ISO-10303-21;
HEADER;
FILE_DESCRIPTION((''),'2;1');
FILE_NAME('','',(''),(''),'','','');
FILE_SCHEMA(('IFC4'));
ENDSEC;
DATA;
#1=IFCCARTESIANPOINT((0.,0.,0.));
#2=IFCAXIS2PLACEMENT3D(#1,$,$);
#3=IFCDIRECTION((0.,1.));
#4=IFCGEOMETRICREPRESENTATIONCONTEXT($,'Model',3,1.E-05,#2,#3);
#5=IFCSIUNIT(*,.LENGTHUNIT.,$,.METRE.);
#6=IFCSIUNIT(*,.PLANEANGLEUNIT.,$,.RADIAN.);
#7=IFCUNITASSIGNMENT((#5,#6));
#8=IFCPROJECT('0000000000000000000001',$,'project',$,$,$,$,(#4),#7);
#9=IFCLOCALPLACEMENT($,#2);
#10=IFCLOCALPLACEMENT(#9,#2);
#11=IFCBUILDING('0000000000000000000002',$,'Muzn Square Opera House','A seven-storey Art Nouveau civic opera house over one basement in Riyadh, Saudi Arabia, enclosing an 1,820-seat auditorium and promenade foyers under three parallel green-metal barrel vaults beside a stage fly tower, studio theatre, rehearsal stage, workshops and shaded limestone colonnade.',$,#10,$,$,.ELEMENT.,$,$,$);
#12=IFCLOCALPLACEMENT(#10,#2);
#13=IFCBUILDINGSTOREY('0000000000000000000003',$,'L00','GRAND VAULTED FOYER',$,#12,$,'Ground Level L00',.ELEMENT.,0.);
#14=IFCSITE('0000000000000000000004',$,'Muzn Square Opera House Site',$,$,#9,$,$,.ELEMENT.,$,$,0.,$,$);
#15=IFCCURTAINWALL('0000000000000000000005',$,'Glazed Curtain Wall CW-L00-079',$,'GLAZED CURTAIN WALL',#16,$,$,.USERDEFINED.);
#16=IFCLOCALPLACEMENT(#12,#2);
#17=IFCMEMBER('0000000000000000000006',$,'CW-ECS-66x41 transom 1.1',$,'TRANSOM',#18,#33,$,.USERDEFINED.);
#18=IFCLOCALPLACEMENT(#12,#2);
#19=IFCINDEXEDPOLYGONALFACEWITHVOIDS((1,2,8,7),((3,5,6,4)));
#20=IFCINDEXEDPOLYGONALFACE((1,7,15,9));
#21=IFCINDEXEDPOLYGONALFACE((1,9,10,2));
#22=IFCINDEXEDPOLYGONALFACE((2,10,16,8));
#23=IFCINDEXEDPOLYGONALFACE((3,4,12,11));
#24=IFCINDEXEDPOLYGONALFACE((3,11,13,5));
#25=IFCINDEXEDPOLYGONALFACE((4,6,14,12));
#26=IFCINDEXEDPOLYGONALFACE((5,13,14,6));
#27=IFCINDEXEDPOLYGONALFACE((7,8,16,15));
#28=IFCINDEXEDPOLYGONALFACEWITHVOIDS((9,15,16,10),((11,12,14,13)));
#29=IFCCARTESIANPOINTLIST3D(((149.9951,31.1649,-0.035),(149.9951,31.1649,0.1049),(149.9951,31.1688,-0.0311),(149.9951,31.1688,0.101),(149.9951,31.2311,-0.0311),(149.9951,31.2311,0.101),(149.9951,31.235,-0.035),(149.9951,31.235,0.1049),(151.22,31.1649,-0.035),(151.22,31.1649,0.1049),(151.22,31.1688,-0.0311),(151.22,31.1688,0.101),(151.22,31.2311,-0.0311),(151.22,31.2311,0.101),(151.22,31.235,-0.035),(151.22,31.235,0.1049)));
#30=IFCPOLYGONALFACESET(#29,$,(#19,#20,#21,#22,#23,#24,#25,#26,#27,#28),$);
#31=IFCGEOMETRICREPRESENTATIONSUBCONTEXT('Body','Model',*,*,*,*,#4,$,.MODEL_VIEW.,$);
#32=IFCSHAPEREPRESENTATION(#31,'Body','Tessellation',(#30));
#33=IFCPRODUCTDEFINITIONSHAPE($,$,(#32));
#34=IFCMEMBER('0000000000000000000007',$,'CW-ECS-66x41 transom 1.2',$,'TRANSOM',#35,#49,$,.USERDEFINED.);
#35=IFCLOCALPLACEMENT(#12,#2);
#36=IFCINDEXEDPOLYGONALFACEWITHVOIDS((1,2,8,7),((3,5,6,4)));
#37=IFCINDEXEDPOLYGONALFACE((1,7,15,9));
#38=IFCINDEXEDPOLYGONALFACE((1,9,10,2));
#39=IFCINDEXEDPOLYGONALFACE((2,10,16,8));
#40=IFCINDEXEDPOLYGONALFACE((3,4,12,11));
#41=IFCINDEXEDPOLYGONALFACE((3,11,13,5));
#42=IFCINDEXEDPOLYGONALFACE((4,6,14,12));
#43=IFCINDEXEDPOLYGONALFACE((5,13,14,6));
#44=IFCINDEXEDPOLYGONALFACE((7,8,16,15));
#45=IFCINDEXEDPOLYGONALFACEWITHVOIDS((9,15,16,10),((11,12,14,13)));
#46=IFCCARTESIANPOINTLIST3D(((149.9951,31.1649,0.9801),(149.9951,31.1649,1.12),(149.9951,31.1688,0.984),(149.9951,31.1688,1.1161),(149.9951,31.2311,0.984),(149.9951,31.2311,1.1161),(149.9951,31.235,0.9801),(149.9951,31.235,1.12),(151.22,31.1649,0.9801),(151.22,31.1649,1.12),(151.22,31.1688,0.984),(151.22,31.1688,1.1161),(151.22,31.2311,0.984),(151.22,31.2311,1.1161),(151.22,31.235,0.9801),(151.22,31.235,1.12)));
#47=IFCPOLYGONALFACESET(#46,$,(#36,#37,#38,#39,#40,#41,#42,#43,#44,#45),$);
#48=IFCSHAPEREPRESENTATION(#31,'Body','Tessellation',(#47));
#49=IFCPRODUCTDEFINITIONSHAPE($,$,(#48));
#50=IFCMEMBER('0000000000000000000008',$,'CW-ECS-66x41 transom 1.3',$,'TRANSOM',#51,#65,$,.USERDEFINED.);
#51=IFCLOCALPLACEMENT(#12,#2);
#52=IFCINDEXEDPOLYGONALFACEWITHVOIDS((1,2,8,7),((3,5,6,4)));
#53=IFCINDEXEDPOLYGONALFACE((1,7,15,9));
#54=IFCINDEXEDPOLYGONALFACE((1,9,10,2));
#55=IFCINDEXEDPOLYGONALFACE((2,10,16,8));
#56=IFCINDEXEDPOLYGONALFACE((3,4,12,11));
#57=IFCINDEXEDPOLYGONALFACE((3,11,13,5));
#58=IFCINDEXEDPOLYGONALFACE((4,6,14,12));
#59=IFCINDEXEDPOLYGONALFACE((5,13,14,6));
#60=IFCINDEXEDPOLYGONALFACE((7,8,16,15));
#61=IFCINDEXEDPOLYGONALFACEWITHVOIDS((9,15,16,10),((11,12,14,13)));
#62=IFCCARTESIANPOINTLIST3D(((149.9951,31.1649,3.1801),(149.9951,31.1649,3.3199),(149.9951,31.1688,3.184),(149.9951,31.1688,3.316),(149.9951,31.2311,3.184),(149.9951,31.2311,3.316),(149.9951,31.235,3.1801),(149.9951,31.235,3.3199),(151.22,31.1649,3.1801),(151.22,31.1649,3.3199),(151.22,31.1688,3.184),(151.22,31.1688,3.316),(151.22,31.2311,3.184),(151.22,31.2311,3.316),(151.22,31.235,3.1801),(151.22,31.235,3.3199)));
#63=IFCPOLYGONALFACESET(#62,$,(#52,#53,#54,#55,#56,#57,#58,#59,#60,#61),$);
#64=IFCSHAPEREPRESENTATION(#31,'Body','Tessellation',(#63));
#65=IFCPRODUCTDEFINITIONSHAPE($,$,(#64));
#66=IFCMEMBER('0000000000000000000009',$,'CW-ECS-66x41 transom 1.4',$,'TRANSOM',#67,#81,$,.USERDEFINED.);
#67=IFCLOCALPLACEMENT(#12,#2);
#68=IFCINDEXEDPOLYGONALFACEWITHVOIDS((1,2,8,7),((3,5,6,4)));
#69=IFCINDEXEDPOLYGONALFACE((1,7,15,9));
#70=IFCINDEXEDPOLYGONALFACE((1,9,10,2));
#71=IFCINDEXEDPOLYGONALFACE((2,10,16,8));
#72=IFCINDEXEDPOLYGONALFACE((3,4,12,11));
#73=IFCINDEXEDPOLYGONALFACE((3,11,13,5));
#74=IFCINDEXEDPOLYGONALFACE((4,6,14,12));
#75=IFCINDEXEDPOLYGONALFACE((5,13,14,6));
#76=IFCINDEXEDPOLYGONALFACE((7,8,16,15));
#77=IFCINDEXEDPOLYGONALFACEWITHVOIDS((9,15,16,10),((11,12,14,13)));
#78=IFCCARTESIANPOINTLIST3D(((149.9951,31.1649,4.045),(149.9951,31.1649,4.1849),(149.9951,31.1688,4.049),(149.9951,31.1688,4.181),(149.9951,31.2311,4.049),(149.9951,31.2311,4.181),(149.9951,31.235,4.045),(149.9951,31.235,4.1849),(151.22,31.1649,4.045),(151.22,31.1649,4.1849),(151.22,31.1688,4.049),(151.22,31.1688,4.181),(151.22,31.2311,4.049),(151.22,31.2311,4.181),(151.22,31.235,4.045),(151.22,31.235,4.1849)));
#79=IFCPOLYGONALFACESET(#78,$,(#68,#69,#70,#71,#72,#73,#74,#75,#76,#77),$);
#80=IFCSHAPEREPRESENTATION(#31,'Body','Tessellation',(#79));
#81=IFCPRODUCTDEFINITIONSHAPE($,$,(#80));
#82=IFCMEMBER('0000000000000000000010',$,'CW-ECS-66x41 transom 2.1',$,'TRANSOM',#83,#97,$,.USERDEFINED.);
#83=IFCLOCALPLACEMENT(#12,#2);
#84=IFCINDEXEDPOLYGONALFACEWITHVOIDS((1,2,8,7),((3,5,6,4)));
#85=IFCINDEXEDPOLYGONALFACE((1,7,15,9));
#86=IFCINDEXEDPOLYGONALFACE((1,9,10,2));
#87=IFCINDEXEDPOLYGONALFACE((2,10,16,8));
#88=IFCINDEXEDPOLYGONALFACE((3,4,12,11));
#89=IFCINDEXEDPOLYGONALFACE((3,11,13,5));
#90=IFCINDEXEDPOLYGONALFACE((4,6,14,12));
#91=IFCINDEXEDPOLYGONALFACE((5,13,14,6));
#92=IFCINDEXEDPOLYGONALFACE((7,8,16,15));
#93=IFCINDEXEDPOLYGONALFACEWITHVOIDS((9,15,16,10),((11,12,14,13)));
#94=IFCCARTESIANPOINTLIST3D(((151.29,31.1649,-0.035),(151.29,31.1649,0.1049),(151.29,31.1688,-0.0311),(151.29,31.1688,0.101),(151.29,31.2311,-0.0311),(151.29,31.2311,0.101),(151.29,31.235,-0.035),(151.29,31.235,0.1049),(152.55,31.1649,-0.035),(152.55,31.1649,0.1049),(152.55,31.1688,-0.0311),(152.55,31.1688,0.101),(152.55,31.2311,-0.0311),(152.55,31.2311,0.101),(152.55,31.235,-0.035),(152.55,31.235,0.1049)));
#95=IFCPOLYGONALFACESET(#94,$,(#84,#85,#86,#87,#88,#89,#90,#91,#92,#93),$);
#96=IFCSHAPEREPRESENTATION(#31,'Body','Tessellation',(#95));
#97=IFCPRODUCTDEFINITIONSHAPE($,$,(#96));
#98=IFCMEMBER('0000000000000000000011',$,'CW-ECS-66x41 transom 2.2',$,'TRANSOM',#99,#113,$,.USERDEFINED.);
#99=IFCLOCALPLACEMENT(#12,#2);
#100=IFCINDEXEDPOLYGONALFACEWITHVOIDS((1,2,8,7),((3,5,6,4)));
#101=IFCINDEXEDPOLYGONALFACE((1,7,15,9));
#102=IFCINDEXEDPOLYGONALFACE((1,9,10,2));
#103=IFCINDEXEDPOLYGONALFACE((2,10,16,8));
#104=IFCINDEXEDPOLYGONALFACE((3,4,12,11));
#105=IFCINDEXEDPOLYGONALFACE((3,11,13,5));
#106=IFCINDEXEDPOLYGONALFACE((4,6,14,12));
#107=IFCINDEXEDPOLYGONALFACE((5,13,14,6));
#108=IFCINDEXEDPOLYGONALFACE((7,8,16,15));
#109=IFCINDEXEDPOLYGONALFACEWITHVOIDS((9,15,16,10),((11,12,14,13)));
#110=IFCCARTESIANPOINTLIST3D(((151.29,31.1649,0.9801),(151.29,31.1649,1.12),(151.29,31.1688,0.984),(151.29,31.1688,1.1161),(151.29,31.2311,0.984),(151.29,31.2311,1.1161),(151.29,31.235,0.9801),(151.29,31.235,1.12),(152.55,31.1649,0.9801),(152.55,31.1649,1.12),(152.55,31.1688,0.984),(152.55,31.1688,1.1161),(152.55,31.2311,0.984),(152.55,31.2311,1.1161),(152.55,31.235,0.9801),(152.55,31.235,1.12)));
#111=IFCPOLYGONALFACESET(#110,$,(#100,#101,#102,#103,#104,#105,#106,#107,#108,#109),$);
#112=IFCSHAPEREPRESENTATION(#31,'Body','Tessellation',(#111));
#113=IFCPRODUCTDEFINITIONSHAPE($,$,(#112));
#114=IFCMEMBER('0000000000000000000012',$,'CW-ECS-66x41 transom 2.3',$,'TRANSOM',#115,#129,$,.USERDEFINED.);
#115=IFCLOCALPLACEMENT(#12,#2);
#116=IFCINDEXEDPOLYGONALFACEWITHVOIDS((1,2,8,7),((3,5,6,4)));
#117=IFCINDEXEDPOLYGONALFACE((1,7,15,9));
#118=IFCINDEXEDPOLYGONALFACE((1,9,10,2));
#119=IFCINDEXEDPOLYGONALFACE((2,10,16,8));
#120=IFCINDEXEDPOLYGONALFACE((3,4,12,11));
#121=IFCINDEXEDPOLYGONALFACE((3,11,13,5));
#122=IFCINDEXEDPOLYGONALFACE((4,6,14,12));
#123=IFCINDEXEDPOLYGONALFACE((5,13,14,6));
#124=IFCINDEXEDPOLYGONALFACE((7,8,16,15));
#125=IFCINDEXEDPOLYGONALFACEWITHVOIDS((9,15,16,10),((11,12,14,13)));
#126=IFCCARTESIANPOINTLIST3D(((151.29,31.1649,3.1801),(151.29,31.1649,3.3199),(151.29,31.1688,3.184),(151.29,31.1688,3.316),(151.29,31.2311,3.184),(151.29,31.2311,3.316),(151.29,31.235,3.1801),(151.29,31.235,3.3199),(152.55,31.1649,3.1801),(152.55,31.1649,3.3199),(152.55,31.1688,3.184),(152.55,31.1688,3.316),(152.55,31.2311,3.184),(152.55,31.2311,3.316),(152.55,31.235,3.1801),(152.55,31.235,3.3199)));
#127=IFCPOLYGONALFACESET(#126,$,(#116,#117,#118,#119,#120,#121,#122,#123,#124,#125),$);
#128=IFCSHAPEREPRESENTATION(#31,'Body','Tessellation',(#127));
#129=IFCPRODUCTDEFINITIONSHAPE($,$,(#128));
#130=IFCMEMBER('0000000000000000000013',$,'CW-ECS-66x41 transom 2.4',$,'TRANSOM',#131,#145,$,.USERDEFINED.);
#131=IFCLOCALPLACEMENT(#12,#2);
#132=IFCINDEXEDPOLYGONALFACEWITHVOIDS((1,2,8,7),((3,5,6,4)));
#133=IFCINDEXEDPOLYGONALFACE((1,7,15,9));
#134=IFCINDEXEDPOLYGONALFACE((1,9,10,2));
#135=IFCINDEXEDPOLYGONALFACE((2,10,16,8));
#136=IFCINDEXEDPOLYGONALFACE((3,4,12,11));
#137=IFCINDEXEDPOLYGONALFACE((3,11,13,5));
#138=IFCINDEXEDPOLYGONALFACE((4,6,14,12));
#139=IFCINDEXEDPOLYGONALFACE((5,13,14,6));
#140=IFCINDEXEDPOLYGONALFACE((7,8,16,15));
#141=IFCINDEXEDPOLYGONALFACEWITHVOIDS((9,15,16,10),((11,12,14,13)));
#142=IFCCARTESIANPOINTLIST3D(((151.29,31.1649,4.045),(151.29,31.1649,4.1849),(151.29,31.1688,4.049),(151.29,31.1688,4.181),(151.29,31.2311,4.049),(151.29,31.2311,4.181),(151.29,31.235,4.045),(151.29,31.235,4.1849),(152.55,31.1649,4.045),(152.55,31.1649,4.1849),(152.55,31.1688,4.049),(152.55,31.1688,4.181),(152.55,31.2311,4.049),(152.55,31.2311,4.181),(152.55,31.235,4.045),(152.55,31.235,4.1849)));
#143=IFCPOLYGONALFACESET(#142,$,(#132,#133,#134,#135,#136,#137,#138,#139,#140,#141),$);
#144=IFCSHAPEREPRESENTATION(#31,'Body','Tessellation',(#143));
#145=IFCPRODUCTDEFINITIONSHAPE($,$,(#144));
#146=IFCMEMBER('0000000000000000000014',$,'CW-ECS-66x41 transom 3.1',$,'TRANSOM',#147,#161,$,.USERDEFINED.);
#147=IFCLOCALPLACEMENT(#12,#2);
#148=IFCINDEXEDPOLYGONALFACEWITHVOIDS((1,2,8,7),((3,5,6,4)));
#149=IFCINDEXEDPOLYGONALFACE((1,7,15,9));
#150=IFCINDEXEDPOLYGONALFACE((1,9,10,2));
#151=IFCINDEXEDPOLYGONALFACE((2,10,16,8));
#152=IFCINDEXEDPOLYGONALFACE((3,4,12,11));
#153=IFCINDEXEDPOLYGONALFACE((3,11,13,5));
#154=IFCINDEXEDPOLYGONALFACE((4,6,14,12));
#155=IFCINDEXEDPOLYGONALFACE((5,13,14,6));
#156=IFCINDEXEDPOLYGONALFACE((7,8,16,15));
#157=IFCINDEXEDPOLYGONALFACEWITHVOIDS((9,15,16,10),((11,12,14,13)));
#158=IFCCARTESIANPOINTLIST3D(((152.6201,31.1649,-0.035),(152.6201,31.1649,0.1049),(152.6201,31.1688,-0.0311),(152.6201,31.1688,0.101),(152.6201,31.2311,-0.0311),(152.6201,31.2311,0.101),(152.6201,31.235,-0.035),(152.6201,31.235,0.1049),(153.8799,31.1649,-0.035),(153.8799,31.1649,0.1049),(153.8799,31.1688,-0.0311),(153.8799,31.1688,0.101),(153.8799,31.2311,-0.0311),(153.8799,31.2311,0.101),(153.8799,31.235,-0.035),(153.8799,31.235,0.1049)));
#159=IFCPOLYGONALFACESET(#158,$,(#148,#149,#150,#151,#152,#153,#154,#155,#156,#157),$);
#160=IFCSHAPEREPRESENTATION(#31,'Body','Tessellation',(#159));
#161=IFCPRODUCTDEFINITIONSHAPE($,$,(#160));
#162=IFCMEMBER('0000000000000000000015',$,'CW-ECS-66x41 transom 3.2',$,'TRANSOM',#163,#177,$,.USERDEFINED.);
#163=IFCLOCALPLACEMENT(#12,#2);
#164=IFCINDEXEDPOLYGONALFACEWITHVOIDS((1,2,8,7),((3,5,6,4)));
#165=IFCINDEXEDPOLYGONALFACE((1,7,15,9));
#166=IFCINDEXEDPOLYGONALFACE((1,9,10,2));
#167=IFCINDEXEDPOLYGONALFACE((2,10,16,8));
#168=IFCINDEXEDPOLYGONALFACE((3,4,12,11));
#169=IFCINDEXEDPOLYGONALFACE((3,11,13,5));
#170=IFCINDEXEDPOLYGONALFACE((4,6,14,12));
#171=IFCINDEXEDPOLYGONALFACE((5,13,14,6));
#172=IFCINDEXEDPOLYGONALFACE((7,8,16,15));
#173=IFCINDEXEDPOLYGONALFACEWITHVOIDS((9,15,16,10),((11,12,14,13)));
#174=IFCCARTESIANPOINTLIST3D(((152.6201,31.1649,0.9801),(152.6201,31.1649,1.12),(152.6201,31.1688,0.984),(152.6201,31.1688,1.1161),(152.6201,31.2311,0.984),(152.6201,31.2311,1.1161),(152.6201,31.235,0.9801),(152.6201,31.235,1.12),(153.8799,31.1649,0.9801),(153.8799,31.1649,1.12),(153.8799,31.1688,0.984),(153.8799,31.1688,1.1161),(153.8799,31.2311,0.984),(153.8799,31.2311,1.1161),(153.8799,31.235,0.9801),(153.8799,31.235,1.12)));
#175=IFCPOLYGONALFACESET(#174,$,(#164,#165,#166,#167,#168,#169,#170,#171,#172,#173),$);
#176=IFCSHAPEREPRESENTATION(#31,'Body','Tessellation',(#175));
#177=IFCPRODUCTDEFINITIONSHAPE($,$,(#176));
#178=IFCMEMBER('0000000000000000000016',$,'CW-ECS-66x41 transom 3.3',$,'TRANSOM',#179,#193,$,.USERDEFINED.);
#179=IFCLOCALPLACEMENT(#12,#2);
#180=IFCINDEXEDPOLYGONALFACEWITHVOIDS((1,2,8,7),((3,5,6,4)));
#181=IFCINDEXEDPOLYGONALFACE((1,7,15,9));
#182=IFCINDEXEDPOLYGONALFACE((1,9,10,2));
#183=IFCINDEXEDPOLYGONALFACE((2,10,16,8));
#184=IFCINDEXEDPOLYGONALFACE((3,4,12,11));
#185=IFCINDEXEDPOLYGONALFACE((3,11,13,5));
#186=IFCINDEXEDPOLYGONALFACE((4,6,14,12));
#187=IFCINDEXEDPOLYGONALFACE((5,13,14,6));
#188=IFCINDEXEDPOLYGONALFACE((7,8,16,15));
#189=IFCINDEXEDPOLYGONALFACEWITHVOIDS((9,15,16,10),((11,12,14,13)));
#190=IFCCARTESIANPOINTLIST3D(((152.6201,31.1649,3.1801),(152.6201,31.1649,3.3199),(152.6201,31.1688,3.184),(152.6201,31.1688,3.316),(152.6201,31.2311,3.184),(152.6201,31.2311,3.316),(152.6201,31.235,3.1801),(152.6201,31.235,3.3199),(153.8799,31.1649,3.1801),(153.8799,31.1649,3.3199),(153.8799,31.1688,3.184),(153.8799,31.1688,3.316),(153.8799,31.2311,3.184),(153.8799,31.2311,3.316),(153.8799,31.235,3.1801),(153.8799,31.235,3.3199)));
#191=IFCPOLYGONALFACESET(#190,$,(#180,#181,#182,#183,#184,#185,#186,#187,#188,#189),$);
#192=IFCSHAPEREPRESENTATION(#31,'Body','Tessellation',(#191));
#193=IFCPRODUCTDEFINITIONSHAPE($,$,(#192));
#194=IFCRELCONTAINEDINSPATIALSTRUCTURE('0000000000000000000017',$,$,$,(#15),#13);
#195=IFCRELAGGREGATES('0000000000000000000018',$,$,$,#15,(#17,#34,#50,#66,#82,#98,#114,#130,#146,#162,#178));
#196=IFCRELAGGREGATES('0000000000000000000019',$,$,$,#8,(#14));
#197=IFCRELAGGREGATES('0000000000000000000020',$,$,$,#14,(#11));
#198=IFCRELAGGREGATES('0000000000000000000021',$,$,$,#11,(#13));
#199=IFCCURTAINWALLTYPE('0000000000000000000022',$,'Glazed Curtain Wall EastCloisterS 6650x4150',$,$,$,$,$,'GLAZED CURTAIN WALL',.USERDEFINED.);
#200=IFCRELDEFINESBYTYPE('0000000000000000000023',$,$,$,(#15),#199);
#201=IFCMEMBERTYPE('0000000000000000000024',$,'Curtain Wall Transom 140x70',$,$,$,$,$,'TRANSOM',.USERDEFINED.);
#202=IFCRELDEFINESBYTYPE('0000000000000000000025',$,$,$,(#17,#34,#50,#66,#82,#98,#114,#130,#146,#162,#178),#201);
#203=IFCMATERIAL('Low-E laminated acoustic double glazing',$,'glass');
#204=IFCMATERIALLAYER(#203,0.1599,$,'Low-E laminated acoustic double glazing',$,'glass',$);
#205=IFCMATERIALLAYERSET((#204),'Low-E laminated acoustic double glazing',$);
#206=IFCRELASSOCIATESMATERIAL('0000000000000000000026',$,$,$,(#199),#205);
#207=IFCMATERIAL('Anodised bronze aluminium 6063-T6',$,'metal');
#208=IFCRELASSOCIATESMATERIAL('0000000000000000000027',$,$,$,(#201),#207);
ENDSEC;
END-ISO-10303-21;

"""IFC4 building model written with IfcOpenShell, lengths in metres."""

from ifc_helpers import new_model, si_unit, direction, frame, origin, origin_2d, place, context, subcontext, project, spatial, hollow_rectangle, extrude, material, layer, layer_set, material_profile, profile_set, type_object, element, aggregate, save


model = new_model("IFC4")

# Units and contexts
model_context = context("Model", 3, precision=1e-05, world=origin(), true_north=direction((0.0, 1.0)))
body_context = subcontext(model_context, "Body", "Model", "MODEL_VIEW")
ifc_project = project(units=[si_unit("LENGTHUNIT", "METRE"), si_unit("PLANEANGLEUNIT", "RADIAN")], contexts=[model_context])

# Site, building, storey
site_placement = place(None, origin())
site = spatial("IfcSite", under=ifc_project, at=site_placement, Name="Muzn Square Opera House Site", CompositionType="ELEMENT", RefElevation=0.0)
building_placement = place(site_placement, origin())
building = spatial("IfcBuilding", under=site, at=building_placement, Name="Muzn Square Opera House", Description="A seven-storey Art Nouveau civic opera house over one basement in Riyadh, Saudi Arabia, enclosing an 1,820-seat auditorium and promenade foyers under three parallel green-metal barrel vaults beside a stage fly tower, studio theatre, rehearsal stage, workshops and shaded limestone colonnade.", CompositionType="ELEMENT")
storey_placement = place(building_placement, origin())
storey = spatial("IfcBuildingStorey", under=building, at=storey_placement, Name="L00", Description="GRAND VAULTED FOYER", LongName="Ground Level L00", CompositionType="ELEMENT", Elevation=0.0)

# Shared definitions
ifc_material_1 = material(Name="Low-E laminated acoustic double glazing", Category="glass")
ifc_material_2 = material(Name="Anodised bronze aluminium 6063-T6", Category="metal")

# Curtain wall
ifc_layer_1 = layer(ifc_material_1, 0.1599, Name="Low-E laminated acoustic double glazing", Category="glass")
ifc_layer_set_1 = layer_set([ifc_layer_1], Name="Low-E laminated acoustic double glazing")
curtain_wall_type_1 = type_object("IfcCurtainWallType", Name="Glazed Curtain Wall EastCloisterS 6650x4150", ElementType="GLAZED CURTAIN WALL", PredefinedType="USERDEFINED", material=ifc_layer_set_1)
curtain_wall_1_placement = place(storey_placement, origin())
curtain_wall_1 = element("IfcCurtainWall", 1, at=curtain_wall_1_placement, inside=storey, type_object=curtain_wall_type_1, Name="Glazed Curtain Wall CW-L00-079", ObjectType="GLAZED CURTAIN WALL", PredefinedType="USERDEFINED")

# Members
ifc_material_profile_1 = material_profile(ifc_material_2, hollow_rectangle(XDim=0.0701, YDim=0.1399, WallThickness=0.0039, at=origin_2d()), Name="ALU 140x70x4", Category="metal")
ifc_profile_set_1 = profile_set([ifc_material_profile_1], Name="Anodised bronze aluminium 6063-T6")
member_type_1 = type_object("IfcMemberType", Name="Curtain Wall Transom 140x70", ElementType="TRANSOM", PredefinedType="USERDEFINED", material=ifc_profile_set_1)
member_1_placement = place(storey_placement, frame((149.9951, 31.2, 0.0349), z_axis=(1.0, 0.0, 0.0), x_axis=(0.0, 1.0, 0.0)))
member_1 = element("IfcMember", 2, at=member_1_placement, type_object=member_type_1, Name="CW-ECS-66x41 transom 1.1", ObjectType="TRANSOM", PredefinedType="USERDEFINED", context=body_context, shape_type="SweptSolid", body=[
    extrude(hollow_rectangle(XDim=0.0701, YDim=0.1399, WallThickness=0.0039, at=origin_2d()), origin(), (0.0, 0.0, 1.0), 1.2249),
])
member_2_placement = place(storey_placement, frame((149.9951, 31.2, 1.05), z_axis=(1.0, 0.0, 0.0), x_axis=(0.0, 1.0, 0.0)))
member_2 = element("IfcMember", 3, at=member_2_placement, type_object=member_type_1, Name="CW-ECS-66x41 transom 1.2", ObjectType="TRANSOM", PredefinedType="USERDEFINED", context=body_context, shape_type="SweptSolid", body=[
    extrude(hollow_rectangle(XDim=0.0701, YDim=0.1399, WallThickness=0.0039, at=origin_2d()), origin(), (0.0, 0.0, 1.0), 1.2249),
])
member_3_placement = place(storey_placement, frame((149.9951, 31.2, 3.25), z_axis=(1.0, 0.0, 0.0), x_axis=(0.0, 1.0, 0.0)))
member_3 = element("IfcMember", 4, at=member_3_placement, type_object=member_type_1, Name="CW-ECS-66x41 transom 1.3", ObjectType="TRANSOM", PredefinedType="USERDEFINED", context=body_context, shape_type="SweptSolid", body=[
    extrude(hollow_rectangle(XDim=0.0701, YDim=0.1399, WallThickness=0.0039, at=origin_2d()), origin(), (0.0, 0.0, 1.0), 1.2249),
])
member_4_placement = place(storey_placement, frame((149.9951, 31.2, 4.115), z_axis=(1.0, 0.0, 0.0), x_axis=(0.0, 1.0, 0.0)))
member_4 = element("IfcMember", 5, at=member_4_placement, type_object=member_type_1, Name="CW-ECS-66x41 transom 1.4", ObjectType="TRANSOM", PredefinedType="USERDEFINED", context=body_context, shape_type="SweptSolid", body=[
    extrude(hollow_rectangle(XDim=0.0701, YDim=0.1399, WallThickness=0.0039, at=origin_2d()), origin(), (0.0, 0.0, 1.0), 1.2249),
])
member_5_placement = place(storey_placement, frame((151.29, 31.2, 0.0349), z_axis=(1.0, 0.0, 0.0), x_axis=(0.0, 1.0, 0.0)))
member_5 = element("IfcMember", 6, at=member_5_placement, type_object=member_type_1, Name="CW-ECS-66x41 transom 2.1", ObjectType="TRANSOM", PredefinedType="USERDEFINED", context=body_context, shape_type="SweptSolid", body=[
    extrude(hollow_rectangle(XDim=0.0701, YDim=0.1399, WallThickness=0.0039, at=origin_2d()), origin(), (0.0, 0.0, 1.0), 1.26),
])
member_6_placement = place(storey_placement, frame((151.29, 31.2, 1.05), z_axis=(1.0, 0.0, 0.0), x_axis=(0.0, 1.0, 0.0)))
member_6 = element("IfcMember", 7, at=member_6_placement, type_object=member_type_1, Name="CW-ECS-66x41 transom 2.2", ObjectType="TRANSOM", PredefinedType="USERDEFINED", context=body_context, shape_type="SweptSolid", body=[
    extrude(hollow_rectangle(XDim=0.0701, YDim=0.1399, WallThickness=0.0039, at=origin_2d()), origin(), (0.0, 0.0, 1.0), 1.26),
])
member_7_placement = place(storey_placement, frame((151.29, 31.2, 3.25), z_axis=(1.0, 0.0, 0.0), x_axis=(0.0, 1.0, 0.0)))
member_7 = element("IfcMember", 8, at=member_7_placement, type_object=member_type_1, Name="CW-ECS-66x41 transom 2.3", ObjectType="TRANSOM", PredefinedType="USERDEFINED", context=body_context, shape_type="SweptSolid", body=[
    extrude(hollow_rectangle(XDim=0.0701, YDim=0.1399, WallThickness=0.0039, at=origin_2d()), origin(), (0.0, 0.0, 1.0), 1.26),
])
member_8_placement = place(storey_placement, frame((151.29, 31.2, 4.115), z_axis=(1.0, 0.0, 0.0), x_axis=(0.0, 1.0, 0.0)))
member_8 = element("IfcMember", 9, at=member_8_placement, type_object=member_type_1, Name="CW-ECS-66x41 transom 2.4", ObjectType="TRANSOM", PredefinedType="USERDEFINED", context=body_context, shape_type="SweptSolid", body=[
    extrude(hollow_rectangle(XDim=0.0701, YDim=0.1399, WallThickness=0.0039, at=origin_2d()), origin(), (0.0, 0.0, 1.0), 1.26),
])
member_9_placement = place(storey_placement, frame((152.6201, 31.2, 0.0349), z_axis=(1.0, 0.0, 0.0), x_axis=(0.0, 1.0, 0.0)))
member_9 = element("IfcMember", 10, at=member_9_placement, type_object=member_type_1, Name="CW-ECS-66x41 transom 3.1", ObjectType="TRANSOM", PredefinedType="USERDEFINED", context=body_context, shape_type="SweptSolid", body=[
    extrude(hollow_rectangle(XDim=0.0701, YDim=0.1399, WallThickness=0.0039, at=origin_2d()), origin(), (0.0, 0.0, 1.0), 1.2598),
])
member_10_placement = place(storey_placement, frame((152.6201, 31.2, 1.05), z_axis=(1.0, 0.0, 0.0), x_axis=(0.0, 1.0, 0.0)))
member_10 = element("IfcMember", 11, at=member_10_placement, type_object=member_type_1, Name="CW-ECS-66x41 transom 3.2", ObjectType="TRANSOM", PredefinedType="USERDEFINED", context=body_context, shape_type="SweptSolid", body=[
    extrude(hollow_rectangle(XDim=0.0701, YDim=0.1399, WallThickness=0.0039, at=origin_2d()), origin(), (0.0, 0.0, 1.0), 1.2598),
])
member_11_placement = place(storey_placement, frame((152.6201, 31.2, 3.25), z_axis=(1.0, 0.0, 0.0), x_axis=(0.0, 1.0, 0.0)))
member_11 = element("IfcMember", 12, at=member_11_placement, type_object=member_type_1, Name="CW-ECS-66x41 transom 3.3", ObjectType="TRANSOM", PredefinedType="USERDEFINED", context=body_context, shape_type="SweptSolid", body=[
    extrude(hollow_rectangle(XDim=0.0701, YDim=0.1399, WallThickness=0.0039, at=origin_2d()), origin(), (0.0, 0.0, 1.0), 1.2598),
])

aggregate(curtain_wall_1, [member_1, member_2, member_3, member_4, member_5, member_6, member_7, member_8, member_9, member_10, member_11])

save(model, "model.ifc")
